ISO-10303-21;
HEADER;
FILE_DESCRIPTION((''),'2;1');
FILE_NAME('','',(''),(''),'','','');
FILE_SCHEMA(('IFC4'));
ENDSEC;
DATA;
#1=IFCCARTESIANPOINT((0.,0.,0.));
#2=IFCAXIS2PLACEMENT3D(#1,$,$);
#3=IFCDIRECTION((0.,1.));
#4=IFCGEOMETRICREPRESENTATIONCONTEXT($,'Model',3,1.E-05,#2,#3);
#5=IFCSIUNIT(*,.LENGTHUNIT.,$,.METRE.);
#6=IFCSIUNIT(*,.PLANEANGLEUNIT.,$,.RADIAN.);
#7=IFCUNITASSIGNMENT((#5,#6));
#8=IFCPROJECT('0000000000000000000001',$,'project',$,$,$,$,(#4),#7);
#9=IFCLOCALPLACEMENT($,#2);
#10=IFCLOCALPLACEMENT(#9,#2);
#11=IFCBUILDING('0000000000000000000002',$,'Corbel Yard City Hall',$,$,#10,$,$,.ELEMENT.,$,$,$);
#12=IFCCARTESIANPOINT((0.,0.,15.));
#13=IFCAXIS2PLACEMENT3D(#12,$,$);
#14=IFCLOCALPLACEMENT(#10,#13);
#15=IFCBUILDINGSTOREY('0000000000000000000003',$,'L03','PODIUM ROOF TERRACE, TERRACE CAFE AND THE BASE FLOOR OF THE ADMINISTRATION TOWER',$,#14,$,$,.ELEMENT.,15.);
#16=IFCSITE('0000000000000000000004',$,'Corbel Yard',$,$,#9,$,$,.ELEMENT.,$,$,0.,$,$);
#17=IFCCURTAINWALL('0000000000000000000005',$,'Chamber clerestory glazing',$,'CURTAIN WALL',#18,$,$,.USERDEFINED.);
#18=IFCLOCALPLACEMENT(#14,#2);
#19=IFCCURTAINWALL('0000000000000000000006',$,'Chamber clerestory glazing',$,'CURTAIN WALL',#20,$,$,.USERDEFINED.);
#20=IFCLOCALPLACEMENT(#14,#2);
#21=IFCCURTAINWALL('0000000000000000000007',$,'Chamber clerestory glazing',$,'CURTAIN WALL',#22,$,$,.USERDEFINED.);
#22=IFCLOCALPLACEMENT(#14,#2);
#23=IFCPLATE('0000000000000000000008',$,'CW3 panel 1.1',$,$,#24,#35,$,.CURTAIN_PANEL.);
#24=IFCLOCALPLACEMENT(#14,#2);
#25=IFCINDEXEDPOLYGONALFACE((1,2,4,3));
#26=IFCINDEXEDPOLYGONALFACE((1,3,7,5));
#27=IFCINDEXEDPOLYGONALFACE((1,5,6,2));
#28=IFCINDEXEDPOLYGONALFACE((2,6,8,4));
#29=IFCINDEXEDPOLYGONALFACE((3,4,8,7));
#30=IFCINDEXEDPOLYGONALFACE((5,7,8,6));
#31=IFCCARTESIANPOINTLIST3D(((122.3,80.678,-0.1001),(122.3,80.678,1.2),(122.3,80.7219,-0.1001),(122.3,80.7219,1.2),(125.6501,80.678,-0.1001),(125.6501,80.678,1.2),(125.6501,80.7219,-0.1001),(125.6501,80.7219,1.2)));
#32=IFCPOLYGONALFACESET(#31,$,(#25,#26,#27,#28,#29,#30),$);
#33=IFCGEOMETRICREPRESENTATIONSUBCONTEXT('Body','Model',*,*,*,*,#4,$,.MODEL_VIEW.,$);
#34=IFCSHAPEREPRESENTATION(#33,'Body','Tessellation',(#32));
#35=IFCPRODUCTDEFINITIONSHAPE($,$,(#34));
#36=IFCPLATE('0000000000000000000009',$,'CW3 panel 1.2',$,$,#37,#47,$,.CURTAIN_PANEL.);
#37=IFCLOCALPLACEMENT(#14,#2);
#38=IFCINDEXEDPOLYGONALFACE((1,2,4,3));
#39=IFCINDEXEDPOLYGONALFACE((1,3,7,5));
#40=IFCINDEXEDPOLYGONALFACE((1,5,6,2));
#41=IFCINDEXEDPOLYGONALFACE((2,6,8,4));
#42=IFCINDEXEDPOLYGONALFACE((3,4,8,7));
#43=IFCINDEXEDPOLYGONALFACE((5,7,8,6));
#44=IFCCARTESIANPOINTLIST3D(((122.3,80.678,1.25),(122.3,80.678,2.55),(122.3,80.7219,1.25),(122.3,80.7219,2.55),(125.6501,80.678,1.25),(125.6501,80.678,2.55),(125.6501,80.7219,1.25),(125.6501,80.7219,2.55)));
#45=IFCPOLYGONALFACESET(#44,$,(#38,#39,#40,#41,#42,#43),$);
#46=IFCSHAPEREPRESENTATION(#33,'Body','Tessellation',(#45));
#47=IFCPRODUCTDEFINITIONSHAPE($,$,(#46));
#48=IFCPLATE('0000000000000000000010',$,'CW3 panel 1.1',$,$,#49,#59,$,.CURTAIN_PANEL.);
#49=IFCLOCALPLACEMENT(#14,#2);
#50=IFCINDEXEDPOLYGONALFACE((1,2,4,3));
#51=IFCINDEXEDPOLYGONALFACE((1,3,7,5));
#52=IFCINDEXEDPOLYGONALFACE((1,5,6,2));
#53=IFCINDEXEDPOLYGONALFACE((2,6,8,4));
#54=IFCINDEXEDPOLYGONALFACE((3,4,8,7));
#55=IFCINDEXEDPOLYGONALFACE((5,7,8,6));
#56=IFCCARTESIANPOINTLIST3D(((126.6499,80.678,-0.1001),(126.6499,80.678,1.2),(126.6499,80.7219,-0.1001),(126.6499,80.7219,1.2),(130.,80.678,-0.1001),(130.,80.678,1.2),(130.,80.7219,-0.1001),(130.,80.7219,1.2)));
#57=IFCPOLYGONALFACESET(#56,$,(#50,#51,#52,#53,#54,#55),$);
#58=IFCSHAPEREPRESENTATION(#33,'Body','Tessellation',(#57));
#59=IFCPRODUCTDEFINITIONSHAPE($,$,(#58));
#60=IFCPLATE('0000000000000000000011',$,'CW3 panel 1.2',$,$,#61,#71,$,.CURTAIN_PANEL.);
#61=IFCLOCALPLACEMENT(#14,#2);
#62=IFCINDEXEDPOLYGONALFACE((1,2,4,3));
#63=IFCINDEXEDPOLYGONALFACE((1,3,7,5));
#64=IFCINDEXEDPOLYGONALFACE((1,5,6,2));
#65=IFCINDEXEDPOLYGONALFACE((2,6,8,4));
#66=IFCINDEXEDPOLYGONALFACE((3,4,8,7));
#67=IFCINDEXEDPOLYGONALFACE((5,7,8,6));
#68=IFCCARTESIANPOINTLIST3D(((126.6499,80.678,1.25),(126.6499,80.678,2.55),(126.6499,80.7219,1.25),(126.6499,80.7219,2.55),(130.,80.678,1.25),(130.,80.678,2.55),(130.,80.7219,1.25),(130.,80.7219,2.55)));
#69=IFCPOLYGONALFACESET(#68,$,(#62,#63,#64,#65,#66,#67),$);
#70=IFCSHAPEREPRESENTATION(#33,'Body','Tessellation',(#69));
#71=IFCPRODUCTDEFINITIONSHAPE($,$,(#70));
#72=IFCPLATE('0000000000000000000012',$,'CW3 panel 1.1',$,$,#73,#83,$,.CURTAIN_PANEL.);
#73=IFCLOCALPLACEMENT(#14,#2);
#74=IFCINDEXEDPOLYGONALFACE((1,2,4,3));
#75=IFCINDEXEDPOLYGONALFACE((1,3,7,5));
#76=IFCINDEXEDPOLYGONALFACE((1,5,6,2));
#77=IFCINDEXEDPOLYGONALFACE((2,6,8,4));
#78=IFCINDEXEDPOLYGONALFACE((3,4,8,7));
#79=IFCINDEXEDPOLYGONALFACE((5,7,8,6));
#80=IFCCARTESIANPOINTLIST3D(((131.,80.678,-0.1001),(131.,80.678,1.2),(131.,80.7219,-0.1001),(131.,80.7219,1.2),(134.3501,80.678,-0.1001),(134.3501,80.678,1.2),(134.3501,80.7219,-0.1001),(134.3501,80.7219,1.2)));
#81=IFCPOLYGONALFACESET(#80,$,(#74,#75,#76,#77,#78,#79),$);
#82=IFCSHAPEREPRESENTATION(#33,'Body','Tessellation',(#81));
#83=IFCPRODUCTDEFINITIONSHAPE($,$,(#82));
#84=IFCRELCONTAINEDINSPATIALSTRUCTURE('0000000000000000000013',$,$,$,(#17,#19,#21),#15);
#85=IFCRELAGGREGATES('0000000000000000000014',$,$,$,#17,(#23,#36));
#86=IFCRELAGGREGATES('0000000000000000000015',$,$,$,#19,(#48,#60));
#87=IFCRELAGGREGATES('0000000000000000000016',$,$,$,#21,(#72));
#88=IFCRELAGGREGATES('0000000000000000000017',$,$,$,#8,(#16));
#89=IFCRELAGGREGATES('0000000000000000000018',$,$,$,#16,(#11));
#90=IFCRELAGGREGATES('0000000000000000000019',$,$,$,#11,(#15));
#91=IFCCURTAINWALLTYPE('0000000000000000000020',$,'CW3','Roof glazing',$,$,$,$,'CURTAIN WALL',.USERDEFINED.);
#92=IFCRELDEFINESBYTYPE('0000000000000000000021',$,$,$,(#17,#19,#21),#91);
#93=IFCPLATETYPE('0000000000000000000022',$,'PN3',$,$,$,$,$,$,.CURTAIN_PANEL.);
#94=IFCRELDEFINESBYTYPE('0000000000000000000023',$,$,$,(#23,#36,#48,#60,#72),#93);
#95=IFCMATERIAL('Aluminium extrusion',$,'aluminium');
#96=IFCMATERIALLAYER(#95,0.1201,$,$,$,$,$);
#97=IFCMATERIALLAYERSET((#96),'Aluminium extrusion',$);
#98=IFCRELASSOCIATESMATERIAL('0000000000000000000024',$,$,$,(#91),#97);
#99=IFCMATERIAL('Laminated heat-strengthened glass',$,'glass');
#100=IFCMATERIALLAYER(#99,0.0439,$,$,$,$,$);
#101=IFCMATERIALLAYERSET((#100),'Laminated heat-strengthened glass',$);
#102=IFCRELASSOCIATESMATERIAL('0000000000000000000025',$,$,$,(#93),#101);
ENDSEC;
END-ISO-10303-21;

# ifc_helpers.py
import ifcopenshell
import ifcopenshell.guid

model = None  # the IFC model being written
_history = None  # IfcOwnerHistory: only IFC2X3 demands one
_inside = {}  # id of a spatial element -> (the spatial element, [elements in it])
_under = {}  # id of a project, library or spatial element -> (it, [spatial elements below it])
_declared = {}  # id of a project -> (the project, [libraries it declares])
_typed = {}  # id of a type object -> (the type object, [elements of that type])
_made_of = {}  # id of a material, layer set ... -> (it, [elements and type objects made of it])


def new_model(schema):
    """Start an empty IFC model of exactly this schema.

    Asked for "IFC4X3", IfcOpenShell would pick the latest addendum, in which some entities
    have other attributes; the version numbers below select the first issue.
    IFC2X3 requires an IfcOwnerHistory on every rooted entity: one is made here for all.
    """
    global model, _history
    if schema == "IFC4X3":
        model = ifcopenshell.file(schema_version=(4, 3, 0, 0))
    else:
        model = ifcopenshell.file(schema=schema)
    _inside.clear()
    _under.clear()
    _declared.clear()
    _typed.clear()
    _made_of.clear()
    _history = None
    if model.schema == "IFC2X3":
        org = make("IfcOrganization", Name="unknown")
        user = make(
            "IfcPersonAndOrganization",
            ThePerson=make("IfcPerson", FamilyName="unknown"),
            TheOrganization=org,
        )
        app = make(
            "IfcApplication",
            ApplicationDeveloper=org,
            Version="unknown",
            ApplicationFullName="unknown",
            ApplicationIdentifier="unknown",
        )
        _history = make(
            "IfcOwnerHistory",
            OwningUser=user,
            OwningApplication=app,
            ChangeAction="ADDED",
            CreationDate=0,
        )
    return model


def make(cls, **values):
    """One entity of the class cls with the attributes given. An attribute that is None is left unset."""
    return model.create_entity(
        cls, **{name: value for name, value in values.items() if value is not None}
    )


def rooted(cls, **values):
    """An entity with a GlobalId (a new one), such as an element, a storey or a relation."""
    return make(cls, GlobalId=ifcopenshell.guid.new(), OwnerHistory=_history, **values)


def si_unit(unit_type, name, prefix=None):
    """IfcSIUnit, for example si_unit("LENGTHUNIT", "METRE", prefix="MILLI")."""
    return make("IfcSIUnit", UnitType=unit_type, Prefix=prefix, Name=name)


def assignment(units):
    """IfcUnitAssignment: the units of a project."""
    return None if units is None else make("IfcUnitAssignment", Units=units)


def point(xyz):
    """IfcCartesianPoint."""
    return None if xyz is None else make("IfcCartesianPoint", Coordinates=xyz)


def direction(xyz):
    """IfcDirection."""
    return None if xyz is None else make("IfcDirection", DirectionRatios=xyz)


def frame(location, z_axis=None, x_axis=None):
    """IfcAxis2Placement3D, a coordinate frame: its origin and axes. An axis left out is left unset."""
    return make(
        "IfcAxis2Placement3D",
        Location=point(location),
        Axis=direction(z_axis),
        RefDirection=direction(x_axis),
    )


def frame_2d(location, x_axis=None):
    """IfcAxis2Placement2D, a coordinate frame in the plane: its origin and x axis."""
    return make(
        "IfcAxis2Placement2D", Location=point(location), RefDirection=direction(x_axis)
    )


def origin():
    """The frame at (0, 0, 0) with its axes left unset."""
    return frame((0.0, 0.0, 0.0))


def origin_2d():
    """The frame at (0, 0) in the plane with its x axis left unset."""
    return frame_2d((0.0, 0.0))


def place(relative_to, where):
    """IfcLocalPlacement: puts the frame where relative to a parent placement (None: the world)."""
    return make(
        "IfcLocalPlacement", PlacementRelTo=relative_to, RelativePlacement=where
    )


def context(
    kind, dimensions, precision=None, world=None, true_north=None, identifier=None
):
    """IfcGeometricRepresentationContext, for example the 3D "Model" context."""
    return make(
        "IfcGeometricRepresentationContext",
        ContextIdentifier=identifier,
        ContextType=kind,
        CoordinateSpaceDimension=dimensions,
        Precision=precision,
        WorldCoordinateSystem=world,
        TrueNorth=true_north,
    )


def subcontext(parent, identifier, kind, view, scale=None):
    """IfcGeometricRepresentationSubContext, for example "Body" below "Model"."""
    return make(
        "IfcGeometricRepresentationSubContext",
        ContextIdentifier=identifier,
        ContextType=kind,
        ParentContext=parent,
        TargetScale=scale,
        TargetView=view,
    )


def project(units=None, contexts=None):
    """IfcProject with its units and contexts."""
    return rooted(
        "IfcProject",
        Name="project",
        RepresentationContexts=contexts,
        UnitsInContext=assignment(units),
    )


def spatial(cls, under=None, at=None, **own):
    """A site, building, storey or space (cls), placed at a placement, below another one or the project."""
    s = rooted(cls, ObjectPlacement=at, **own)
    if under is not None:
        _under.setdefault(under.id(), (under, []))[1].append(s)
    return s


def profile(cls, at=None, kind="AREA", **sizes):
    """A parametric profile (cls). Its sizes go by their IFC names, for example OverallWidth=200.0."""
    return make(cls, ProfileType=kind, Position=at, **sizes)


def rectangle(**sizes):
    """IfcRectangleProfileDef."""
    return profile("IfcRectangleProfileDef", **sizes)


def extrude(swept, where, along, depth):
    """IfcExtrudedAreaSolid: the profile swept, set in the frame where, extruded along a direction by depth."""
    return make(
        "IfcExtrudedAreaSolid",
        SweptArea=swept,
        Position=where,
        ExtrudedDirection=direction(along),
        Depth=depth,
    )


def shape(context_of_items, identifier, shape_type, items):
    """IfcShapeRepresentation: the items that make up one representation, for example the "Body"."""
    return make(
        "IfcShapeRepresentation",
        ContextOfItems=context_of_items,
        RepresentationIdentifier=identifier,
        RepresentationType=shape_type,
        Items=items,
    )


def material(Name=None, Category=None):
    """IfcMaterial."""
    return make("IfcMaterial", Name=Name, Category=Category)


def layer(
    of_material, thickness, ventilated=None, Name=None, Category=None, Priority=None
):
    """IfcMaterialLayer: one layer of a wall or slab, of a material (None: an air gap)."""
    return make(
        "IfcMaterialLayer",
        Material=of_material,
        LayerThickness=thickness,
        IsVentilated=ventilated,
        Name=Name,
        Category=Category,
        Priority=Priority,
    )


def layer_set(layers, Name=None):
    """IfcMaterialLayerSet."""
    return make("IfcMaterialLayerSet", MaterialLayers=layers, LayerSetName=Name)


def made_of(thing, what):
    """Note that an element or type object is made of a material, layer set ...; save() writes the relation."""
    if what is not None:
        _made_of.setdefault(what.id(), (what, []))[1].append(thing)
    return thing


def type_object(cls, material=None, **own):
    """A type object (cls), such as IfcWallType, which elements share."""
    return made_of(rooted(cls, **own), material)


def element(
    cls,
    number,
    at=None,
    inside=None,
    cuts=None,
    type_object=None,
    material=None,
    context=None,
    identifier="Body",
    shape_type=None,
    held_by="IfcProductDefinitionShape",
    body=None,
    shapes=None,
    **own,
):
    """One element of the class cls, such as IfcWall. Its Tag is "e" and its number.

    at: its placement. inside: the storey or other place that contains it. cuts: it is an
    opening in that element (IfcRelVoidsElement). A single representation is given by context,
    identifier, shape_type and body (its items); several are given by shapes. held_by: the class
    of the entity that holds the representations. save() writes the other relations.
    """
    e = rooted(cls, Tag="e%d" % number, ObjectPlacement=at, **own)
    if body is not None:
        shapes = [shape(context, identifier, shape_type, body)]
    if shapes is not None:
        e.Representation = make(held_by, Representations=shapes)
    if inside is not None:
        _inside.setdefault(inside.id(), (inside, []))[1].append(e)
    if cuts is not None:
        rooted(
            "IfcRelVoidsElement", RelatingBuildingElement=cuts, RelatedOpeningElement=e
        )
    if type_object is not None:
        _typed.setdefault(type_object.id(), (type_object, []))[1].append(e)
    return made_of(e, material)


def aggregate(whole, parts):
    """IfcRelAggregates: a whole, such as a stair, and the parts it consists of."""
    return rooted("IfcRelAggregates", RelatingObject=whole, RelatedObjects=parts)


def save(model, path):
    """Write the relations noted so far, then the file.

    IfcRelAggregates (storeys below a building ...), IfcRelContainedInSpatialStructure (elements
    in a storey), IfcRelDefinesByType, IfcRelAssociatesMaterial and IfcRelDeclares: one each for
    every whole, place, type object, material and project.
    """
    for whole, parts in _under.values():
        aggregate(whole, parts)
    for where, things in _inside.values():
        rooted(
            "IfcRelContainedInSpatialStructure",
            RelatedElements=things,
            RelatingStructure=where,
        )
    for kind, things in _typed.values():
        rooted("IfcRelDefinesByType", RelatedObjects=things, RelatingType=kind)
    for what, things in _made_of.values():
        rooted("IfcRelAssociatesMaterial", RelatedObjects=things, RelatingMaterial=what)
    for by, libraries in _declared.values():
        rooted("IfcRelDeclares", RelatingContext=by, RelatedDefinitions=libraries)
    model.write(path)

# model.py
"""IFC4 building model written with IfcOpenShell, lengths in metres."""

from ifc_helpers import new_model, si_unit, direction, frame, origin, origin_2d, place, context, subcontext, project, spatial, rectangle, extrude, material, layer, layer_set, type_object, element, aggregate, save


model = new_model("IFC4")

# Units and contexts
model_context = context("Model", 3, precision=1e-05, world=origin(), true_north=direction((0.0, 1.0)))
body_context = subcontext(model_context, "Body", "Model", "MODEL_VIEW")
ifc_project = project(units=[si_unit("LENGTHUNIT", "METRE"), si_unit("PLANEANGLEUNIT", "RADIAN")], contexts=[model_context])

# Site, building, storey
site_placement = place(None, origin())
site = spatial("IfcSite", under=ifc_project, at=site_placement, Name="Corbel Yard", CompositionType="ELEMENT", RefElevation=0.0)
building_placement = place(site_placement, origin())
building = spatial("IfcBuilding", under=site, at=building_placement, Name="Corbel Yard City Hall", CompositionType="ELEMENT")
storey_placement = place(building_placement, frame((0.0, 0.0, 15.0)))
storey = spatial("IfcBuildingStorey", under=building, at=storey_placement, Name="L03", Description="PODIUM ROOF TERRACE, TERRACE CAFE AND THE BASE FLOOR OF THE ADMINISTRATION TOWER", CompositionType="ELEMENT", Elevation=15.0)

# Curtain wall
ifc_material_1 = material(Name="Aluminium extrusion", Category="aluminium")
ifc_layer_1 = layer(ifc_material_1, 0.1201)
ifc_layer_set_1 = layer_set([ifc_layer_1], Name="Aluminium extrusion")
curtain_wall_type = type_object("IfcCurtainWallType", Name="CW3", Description="Roof glazing", ElementType="CURTAIN WALL", PredefinedType="USERDEFINED", material=ifc_layer_set_1)
curtain_wall_1_placement = place(storey_placement, origin())
curtain_wall_1 = element("IfcCurtainWall", 1, at=curtain_wall_1_placement, inside=storey, type_object=curtain_wall_type, Name="Chamber clerestory glazing", ObjectType="CURTAIN WALL", PredefinedType="USERDEFINED")

# Curtain wall
curtain_wall_2_placement = place(storey_placement, origin())
curtain_wall_2 = element("IfcCurtainWall", 2, at=curtain_wall_2_placement, inside=storey, type_object=curtain_wall_type, Name="Chamber clerestory glazing", ObjectType="CURTAIN WALL", PredefinedType="USERDEFINED")

# Curtain wall
curtain_wall_3_placement = place(storey_placement, origin())
curtain_wall_3 = element("IfcCurtainWall", 3, at=curtain_wall_3_placement, inside=storey, type_object=curtain_wall_type, Name="Chamber clerestory glazing", ObjectType="CURTAIN WALL", PredefinedType="USERDEFINED")

# Plates
ifc_material_2 = material(Name="Laminated heat-strengthened glass", Category="glass")
ifc_layer_2 = layer(ifc_material_2, 0.0439)
ifc_layer_set_2 = layer_set([ifc_layer_2], Name="Laminated heat-strengthened glass")
plate_type = type_object("IfcPlateType", Name="PN3", PredefinedType="CURTAIN_PANEL", material=ifc_layer_set_2)
plate_1_placement = place(storey_placement, frame((123.9751, 80.7, -0.1001), z_axis=(0.0, 0.0, 1.0), x_axis=(1.0, 0.0, 0.0)))
plate_1 = element("IfcPlate", 4, at=plate_1_placement, type_object=plate_type, Name="CW3 panel 1.1", PredefinedType="CURTAIN_PANEL", context=body_context, shape_type="SweptSolid", body=[
    extrude(rectangle(XDim=3.3501, YDim=0.0439, at=origin_2d()), origin(), (0.0, 0.0, 1.0), 1.3),
])
plate_2_placement = place(storey_placement, frame((123.9751, 80.7, 1.25), z_axis=(0.0, 0.0, 1.0), x_axis=(1.0, 0.0, 0.0)))
plate_2 = element("IfcPlate", 5, at=plate_2_placement, type_object=plate_type, Name="CW3 panel 1.2", PredefinedType="CURTAIN_PANEL", context=body_context, shape_type="SweptSolid", body=[
    extrude(rectangle(XDim=3.3501, YDim=0.0439, at=origin_2d()), origin(), (0.0, 0.0, 1.0), 1.3),
])
aggregate(curtain_wall_1, [plate_1, plate_2])
plate_3_placement = place(storey_placement, frame((128.325, 80.7, -0.1001), z_axis=(0.0, 0.0, 1.0), x_axis=(1.0, 0.0, 0.0)))
plate_3 = element("IfcPlate", 6, at=plate_3_placement, type_object=plate_type, Name="CW3 panel 1.1", PredefinedType="CURTAIN_PANEL", context=body_context, shape_type="SweptSolid", body=[
    extrude(rectangle(XDim=3.3501, YDim=0.0439, at=origin_2d()), origin(), (0.0, 0.0, 1.0), 1.3),
])
plate_4_placement = place(storey_placement, frame((128.325, 80.7, 1.25), z_axis=(0.0, 0.0, 1.0), x_axis=(1.0, 0.0, 0.0)))
plate_4 = element("IfcPlate", 7, at=plate_4_placement, type_object=plate_type, Name="CW3 panel 1.2", PredefinedType="CURTAIN_PANEL", context=body_context, shape_type="SweptSolid", body=[
    extrude(rectangle(XDim=3.3501, YDim=0.0439, at=origin_2d()), origin(), (0.0, 0.0, 1.0), 1.3),
])
aggregate(curtain_wall_2, [plate_3, plate_4])
plate_5_placement = place(storey_placement, frame((132.675, 80.7, -0.1001), z_axis=(0.0, 0.0, 1.0), x_axis=(1.0, 0.0, 0.0)))
plate_5 = element("IfcPlate", 8, at=plate_5_placement, type_object=plate_type, Name="CW3 panel 1.1", PredefinedType="CURTAIN_PANEL", context=body_context, shape_type="SweptSolid", body=[
    extrude(rectangle(XDim=3.3501, YDim=0.0439, at=origin_2d()), origin(), (0.0, 0.0, 1.0), 1.3),
])
aggregate(curtain_wall_3, [plate_5])

save(model, "model.ifc")
